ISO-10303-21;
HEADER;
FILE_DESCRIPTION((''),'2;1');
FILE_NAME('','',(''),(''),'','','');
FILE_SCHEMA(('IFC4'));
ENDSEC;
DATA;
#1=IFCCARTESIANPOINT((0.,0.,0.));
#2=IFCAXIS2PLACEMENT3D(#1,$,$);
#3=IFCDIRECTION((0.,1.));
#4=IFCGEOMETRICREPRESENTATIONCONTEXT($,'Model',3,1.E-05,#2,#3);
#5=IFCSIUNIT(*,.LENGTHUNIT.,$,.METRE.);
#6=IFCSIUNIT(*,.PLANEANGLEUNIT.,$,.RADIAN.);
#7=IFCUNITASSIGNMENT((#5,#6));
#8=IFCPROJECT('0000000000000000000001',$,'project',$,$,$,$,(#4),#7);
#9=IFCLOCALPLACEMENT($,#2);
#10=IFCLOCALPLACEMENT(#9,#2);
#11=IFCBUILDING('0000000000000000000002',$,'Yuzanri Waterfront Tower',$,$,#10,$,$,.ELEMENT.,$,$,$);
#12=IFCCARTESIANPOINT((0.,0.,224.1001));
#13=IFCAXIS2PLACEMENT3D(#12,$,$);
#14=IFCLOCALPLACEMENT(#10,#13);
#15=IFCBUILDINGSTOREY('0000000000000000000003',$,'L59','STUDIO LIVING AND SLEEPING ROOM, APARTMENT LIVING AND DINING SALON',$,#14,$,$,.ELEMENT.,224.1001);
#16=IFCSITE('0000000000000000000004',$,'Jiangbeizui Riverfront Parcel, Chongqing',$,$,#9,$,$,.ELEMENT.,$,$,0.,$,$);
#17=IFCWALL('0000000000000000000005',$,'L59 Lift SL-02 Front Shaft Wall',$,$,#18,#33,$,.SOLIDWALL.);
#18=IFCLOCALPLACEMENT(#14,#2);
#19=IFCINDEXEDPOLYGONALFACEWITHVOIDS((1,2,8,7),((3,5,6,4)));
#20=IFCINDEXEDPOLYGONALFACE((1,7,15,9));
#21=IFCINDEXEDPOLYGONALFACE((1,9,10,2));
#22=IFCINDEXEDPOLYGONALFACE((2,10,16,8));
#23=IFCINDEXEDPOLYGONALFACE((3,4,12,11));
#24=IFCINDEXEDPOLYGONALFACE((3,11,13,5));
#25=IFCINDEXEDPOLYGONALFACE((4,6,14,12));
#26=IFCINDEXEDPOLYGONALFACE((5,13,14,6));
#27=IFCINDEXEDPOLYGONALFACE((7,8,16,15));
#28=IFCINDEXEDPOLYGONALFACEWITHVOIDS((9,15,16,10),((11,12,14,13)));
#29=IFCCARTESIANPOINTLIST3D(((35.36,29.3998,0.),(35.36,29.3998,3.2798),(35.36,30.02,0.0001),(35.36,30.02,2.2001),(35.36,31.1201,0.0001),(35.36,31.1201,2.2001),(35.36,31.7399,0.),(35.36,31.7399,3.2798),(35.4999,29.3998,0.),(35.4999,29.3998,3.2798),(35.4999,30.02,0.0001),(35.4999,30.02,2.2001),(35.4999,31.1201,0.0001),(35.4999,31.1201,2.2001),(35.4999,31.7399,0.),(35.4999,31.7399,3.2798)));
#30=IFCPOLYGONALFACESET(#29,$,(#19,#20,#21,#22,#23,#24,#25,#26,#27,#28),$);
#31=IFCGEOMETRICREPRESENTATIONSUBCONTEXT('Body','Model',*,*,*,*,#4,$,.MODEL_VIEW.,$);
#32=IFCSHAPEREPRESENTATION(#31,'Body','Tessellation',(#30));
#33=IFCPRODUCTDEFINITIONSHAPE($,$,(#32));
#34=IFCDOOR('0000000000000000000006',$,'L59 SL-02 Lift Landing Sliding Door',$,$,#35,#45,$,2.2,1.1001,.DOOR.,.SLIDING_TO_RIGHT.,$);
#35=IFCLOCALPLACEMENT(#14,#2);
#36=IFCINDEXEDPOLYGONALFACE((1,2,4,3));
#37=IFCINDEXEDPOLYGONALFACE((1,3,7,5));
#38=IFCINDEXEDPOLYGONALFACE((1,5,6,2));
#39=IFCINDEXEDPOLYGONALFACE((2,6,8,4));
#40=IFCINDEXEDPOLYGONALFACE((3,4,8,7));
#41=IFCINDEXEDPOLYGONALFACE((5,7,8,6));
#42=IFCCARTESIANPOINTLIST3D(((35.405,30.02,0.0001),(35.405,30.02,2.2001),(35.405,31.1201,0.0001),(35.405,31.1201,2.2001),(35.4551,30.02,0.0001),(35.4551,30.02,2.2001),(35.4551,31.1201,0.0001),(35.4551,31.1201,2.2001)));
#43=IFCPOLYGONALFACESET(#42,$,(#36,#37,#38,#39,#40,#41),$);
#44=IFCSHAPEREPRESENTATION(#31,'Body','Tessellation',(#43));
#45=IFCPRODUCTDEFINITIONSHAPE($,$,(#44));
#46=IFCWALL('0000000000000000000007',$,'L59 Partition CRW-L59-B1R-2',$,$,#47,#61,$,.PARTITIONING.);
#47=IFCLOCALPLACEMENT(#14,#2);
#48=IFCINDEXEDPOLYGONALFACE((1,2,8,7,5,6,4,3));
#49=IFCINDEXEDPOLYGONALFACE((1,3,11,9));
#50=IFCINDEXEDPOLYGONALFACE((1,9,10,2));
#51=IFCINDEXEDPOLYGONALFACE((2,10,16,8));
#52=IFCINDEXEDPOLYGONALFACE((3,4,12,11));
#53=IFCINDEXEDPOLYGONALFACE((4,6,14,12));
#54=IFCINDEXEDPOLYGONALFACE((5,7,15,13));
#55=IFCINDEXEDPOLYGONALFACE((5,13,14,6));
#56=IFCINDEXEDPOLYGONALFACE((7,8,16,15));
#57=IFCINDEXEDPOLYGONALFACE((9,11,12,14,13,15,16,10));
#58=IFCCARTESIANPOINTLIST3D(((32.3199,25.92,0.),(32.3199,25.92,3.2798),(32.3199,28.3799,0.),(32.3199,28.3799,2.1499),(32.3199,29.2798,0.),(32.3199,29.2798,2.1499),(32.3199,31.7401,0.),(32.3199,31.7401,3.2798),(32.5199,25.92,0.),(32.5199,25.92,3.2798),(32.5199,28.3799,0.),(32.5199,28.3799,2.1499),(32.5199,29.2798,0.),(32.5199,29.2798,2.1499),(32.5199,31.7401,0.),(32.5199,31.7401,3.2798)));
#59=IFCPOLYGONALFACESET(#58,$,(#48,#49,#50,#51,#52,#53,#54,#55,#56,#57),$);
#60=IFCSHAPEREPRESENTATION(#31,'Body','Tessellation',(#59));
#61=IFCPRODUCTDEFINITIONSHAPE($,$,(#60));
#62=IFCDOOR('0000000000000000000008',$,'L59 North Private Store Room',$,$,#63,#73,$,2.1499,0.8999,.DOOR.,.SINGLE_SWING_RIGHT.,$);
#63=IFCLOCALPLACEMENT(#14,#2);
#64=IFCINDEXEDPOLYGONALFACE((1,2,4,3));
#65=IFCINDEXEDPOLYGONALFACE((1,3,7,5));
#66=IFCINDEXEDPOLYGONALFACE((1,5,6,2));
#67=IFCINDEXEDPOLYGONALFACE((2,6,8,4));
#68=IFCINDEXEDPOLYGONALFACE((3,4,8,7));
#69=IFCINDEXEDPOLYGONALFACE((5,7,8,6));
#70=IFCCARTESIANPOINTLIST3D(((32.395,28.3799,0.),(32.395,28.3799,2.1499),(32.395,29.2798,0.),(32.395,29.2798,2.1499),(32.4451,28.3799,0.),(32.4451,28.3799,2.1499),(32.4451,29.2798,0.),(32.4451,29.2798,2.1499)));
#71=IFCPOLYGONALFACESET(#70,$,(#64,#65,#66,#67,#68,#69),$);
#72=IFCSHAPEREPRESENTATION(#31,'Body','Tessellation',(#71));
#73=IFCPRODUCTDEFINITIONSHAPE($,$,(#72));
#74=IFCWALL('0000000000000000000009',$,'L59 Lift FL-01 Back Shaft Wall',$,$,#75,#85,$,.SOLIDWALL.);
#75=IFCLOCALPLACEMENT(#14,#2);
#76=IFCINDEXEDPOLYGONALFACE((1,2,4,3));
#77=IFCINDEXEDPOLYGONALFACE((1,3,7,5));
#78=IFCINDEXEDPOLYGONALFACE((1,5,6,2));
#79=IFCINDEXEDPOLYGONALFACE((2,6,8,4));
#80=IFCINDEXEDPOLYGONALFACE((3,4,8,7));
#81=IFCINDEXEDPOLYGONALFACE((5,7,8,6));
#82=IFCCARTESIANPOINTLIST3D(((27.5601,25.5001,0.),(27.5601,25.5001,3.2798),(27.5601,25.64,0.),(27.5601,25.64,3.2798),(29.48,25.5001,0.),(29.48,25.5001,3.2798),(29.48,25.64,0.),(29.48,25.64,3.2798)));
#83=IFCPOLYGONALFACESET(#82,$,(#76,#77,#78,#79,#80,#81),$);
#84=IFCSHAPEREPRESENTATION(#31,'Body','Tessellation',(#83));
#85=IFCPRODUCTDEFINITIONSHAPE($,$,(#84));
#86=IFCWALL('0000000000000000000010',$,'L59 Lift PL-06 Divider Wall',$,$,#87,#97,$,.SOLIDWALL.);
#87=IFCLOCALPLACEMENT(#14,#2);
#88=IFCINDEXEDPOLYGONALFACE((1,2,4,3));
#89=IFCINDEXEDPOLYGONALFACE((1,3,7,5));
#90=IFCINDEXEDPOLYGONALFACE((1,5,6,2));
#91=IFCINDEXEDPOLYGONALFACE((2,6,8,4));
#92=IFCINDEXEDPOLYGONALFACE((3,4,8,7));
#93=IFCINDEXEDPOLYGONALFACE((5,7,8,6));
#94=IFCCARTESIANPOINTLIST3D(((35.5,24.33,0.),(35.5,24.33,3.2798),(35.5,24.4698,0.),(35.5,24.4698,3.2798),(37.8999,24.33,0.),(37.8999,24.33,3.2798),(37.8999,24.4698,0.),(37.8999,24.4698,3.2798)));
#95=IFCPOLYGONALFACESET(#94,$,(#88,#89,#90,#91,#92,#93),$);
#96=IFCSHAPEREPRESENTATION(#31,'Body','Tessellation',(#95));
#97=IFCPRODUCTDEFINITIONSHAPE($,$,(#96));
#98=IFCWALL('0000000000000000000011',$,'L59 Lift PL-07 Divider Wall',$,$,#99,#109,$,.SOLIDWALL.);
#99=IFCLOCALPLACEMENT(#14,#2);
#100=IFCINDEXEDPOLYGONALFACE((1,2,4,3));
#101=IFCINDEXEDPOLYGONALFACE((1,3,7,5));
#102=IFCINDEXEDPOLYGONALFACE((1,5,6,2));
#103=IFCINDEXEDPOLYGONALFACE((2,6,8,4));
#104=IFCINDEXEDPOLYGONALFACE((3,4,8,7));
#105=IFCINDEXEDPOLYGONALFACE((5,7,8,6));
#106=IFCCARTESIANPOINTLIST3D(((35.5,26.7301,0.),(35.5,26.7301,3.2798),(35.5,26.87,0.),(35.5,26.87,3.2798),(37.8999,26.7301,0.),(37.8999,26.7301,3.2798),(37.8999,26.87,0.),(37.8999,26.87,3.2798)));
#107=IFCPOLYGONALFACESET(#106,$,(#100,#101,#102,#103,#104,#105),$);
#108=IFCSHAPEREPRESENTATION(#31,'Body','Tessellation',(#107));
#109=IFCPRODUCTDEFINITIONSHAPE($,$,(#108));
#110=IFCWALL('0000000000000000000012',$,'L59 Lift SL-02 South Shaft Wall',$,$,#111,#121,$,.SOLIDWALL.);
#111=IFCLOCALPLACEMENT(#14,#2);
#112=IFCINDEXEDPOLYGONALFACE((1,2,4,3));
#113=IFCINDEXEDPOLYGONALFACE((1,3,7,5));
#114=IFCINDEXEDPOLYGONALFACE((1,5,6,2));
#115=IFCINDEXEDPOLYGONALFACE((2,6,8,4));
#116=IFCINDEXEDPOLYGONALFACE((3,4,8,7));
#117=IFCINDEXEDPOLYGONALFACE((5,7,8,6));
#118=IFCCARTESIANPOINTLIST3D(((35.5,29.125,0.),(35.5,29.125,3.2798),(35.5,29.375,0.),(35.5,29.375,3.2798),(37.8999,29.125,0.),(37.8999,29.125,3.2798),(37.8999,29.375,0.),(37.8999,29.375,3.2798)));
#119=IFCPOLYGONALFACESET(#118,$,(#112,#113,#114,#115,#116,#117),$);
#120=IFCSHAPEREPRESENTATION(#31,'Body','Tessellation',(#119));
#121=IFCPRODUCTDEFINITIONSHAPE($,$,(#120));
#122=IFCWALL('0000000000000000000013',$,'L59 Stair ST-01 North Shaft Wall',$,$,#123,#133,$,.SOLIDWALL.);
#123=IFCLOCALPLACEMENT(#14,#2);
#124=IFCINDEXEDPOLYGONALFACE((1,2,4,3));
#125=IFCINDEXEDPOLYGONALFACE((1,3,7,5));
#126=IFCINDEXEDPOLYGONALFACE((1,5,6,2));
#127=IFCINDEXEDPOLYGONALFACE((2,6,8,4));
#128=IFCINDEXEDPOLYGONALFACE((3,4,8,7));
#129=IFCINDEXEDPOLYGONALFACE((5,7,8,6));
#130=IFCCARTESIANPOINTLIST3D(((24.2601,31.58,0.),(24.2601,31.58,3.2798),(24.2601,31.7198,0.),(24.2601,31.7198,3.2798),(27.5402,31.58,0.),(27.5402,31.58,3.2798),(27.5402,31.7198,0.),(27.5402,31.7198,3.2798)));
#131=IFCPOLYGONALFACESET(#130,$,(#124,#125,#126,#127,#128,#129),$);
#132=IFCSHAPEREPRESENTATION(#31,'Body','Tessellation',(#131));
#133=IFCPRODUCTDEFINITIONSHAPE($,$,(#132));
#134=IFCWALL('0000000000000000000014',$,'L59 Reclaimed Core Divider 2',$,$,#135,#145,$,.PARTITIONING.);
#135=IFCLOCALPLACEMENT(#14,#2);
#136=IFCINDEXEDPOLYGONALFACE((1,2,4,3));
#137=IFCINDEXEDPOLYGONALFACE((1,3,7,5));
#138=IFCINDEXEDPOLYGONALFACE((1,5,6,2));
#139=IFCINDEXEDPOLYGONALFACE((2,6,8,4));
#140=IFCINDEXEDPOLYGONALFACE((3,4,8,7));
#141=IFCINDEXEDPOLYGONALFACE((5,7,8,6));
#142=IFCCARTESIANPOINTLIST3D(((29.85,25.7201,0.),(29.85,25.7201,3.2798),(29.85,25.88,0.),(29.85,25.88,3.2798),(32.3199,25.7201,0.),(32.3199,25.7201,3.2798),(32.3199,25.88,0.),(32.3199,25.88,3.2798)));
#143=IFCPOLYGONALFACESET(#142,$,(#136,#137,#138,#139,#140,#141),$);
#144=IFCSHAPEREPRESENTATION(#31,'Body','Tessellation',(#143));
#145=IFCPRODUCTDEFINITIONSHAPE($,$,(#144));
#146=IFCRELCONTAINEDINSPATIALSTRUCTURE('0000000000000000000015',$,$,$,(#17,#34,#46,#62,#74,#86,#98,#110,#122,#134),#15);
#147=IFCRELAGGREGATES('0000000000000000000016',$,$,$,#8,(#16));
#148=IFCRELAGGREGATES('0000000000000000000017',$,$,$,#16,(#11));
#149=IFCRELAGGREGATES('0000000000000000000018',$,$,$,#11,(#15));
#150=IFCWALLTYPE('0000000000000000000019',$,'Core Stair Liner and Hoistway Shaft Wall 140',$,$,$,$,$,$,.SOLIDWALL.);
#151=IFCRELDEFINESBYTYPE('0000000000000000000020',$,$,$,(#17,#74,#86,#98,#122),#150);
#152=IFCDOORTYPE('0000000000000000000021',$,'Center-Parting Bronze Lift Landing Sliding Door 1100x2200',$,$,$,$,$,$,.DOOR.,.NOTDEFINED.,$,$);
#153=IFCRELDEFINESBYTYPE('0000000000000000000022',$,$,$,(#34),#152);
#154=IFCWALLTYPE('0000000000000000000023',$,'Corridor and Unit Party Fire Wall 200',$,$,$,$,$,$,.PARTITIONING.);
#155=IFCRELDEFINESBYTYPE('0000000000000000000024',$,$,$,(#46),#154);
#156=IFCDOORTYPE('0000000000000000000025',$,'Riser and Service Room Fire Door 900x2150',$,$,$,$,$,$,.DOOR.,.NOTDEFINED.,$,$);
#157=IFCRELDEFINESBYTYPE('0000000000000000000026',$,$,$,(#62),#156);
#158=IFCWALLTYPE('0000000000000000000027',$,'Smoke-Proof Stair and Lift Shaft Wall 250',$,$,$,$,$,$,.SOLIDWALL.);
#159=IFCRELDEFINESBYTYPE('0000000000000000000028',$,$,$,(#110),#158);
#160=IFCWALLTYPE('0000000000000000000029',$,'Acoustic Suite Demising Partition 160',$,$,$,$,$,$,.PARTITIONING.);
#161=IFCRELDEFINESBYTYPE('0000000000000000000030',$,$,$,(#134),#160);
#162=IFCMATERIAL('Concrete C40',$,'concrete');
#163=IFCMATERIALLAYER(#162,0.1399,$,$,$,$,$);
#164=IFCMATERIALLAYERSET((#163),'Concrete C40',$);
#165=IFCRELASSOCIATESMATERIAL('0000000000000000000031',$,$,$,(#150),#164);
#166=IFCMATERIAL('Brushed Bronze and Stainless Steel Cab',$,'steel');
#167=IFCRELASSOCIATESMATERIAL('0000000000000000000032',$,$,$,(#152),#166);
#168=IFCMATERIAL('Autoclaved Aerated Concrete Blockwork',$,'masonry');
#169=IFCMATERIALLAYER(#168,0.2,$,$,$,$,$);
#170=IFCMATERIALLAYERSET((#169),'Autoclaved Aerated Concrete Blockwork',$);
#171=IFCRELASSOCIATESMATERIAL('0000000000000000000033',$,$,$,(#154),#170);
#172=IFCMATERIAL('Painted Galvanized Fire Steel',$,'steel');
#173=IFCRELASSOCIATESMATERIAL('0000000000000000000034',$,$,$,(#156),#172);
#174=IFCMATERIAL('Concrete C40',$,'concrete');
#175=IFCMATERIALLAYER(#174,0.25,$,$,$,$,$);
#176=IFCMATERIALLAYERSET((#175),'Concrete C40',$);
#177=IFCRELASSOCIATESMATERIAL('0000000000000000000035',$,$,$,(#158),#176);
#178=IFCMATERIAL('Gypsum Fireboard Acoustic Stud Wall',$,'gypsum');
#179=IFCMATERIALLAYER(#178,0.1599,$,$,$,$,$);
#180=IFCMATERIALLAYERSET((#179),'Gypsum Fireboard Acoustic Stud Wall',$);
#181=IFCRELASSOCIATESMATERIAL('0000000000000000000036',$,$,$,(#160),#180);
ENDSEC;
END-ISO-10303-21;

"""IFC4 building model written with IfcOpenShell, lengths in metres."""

from ifc_helpers import new_model, si_unit, direction, frame, frame_2d, origin, place, context, subcontext, project, spatial, rectangle, extrude, source, transform, mapped, material, layer, layer_set, type_object, element, fill, save


model = new_model("IFC4")

# Units and contexts
model_context = context("Model", 3, precision=1e-05, world=origin(), true_north=direction((0.0, 1.0)))
body_context = subcontext(model_context, "Body", "Model", "MODEL_VIEW")
ifc_project = project(units=[si_unit("LENGTHUNIT", "METRE"), si_unit("PLANEANGLEUNIT", "RADIAN")], contexts=[model_context])

# Site, building, storey
site_placement = place(None, origin())
site = spatial("IfcSite", under=ifc_project, at=site_placement, Name="Jiangbeizui Riverfront Parcel, Chongqing", CompositionType="ELEMENT", RefElevation=0.0)
building_placement = place(site_placement, origin())
building = spatial("IfcBuilding", under=site, at=building_placement, Name="Yuzanri Waterfront Tower", CompositionType="ELEMENT")
storey_placement = place(building_placement, frame((0.0, 0.0, 224.1001)))
storey = spatial("IfcBuildingStorey", under=building, at=storey_placement, Name="L59", Description="STUDIO LIVING AND SLEEPING ROOM, APARTMENT LIVING AND DINING SALON", CompositionType="ELEMENT", Elevation=224.1001)

# Walls, openings, doors
ifc_material_1 = material(Name="Concrete C40", Category="concrete")
ifc_layer_1 = layer(ifc_material_1, 0.1399)
ifc_layer_set_1 = layer_set([ifc_layer_1], Name="Concrete C40")
wall_type_1 = type_object("IfcWallType", Name="Core Stair Liner and Hoistway Shaft Wall 140", PredefinedType="SOLIDWALL", material=ifc_layer_set_1)
ifc_material_2 = material(Name="Brushed Bronze and Stainless Steel Cab", Category="steel")
door_type_1 = type_object("IfcDoorType", Name="Center-Parting Bronze Lift Landing Sliding Door 1100x2200", OperationType="NOTDEFINED", PredefinedType="DOOR", material=ifc_material_2)
shared_shape_1 = source(origin(), body_context, "Body", "SweptSolid", [
    extrude(rectangle(XDim=1.1001, YDim=2.2, at=frame_2d((0.55, 1.1001))), frame((0.0, 0.0249, 0.0), z_axis=(0.0, -1.0, 0.0), x_axis=(1.0, 0.0, 0.0)), (0.0, 0.0, 1.0), 0.05),
])
wall_1_placement = place(storey_placement, frame((35.4299, 29.3999, 0.0), z_axis=(0.0, 0.0, 1.0), x_axis=(0.0, 1.0, 0.0)))
wall_1 = element("IfcWall", 1, at=wall_1_placement, inside=storey, type_object=wall_type_1, Name="L59 Lift SL-02 Front Shaft Wall", PredefinedType="SOLIDWALL", context=body_context, shape_type="SweptSolid", body=[
    extrude(rectangle(XDim=2.3401, YDim=0.1399, at=frame_2d((1.1699, 0.0))), origin(), (0.0, 0.0, 1.0), 3.2798),
])
opening_1_placement = place(wall_1_placement, frame((0.6201, 0.0, 0.0)))
opening_1 = element("IfcOpeningElement", 2, at=opening_1_placement, cuts=wall_1, PredefinedType="OPENING", context=body_context, shape_type="SweptSolid", body=[
    extrude(rectangle(XDim=1.1001, YDim=2.2, at=frame_2d((0.55, 1.1001))), frame((0.0, 0.085, 0.0), z_axis=(0.0, -1.0, 0.0), x_axis=(1.0, 0.0, 0.0)), (0.0, 0.0, 1.0), 0.1697),
])
door_1_placement = place(opening_1_placement, origin())
door_1 = element("IfcDoor", 3, at=door_1_placement, inside=storey, type_object=door_type_1, Name="L59 SL-02 Lift Landing Sliding Door", OperationType="SLIDING_TO_RIGHT", OverallHeight=2.2, OverallWidth=1.1001, PredefinedType="DOOR", context=body_context, shape_type="MappedRepresentation", body=[
    mapped(shared_shape_1, transform((0.0, 0.0, 0.0), scale=1.0)),
])
fill(opening_1, door_1)
ifc_material_3 = material(Name="Autoclaved Aerated Concrete Blockwork", Category="masonry")
ifc_layer_2 = layer(ifc_material_3, 0.2)
ifc_layer_set_2 = layer_set([ifc_layer_2], Name="Autoclaved Aerated Concrete Blockwork")
wall_type_2 = type_object("IfcWallType", Name="Corridor and Unit Party Fire Wall 200", PredefinedType="PARTITIONING", material=ifc_layer_set_2)
ifc_material_4 = material(Name="Painted Galvanized Fire Steel", Category="steel")
door_type_2 = type_object("IfcDoorType", Name="Riser and Service Room Fire Door 900x2150", OperationType="NOTDEFINED", PredefinedType="DOOR", material=ifc_material_4)
shared_shape_2 = source(origin(), body_context, "Body", "SweptSolid", [
    extrude(rectangle(XDim=0.8999, YDim=2.1499, at=frame_2d((0.45, 1.075))), frame((0.0, 0.0249, 0.0), z_axis=(0.0, -1.0, 0.0), x_axis=(1.0, 0.0, 0.0)), (0.0, 0.0, 1.0), 0.05),
])
wall_2_placement = place(storey_placement, frame((32.4199, 25.9199, 0.0), z_axis=(0.0, 0.0, 1.0), x_axis=(0.0, 1.0, 0.0)))
wall_2 = element("IfcWall", 4, at=wall_2_placement, inside=storey, type_object=wall_type_2, Name="L59 Partition CRW-L59-B1R-2", PredefinedType="PARTITIONING", context=body_context, shape_type="SweptSolid", body=[
    extrude(rectangle(XDim=5.8201, YDim=0.2, at=frame_2d((2.9102, 0.0))), origin(), (0.0, 0.0, 1.0), 3.2798),
])
opening_2_placement = place(wall_2_placement, frame((2.46, 0.0, 0.0)))
opening_2 = element("IfcOpeningElement", 5, at=opening_2_placement, cuts=wall_2, PredefinedType="OPENING", context=body_context, shape_type="SweptSolid", body=[
    extrude(rectangle(XDim=0.8999, YDim=2.1499, at=frame_2d((0.45, 1.075))), frame((0.0, 0.1147, 0.0), z_axis=(0.0, -1.0, 0.0), x_axis=(1.0, 0.0, 0.0)), (0.0, 0.0, 1.0), 0.2297),
])
door_2_placement = place(opening_2_placement, origin())
door_2 = element("IfcDoor", 6, at=door_2_placement, inside=storey, type_object=door_type_2, Name="L59 North Private Store Room", OperationType="SINGLE_SWING_RIGHT", OverallHeight=2.1499, OverallWidth=0.8999, PredefinedType="DOOR", context=body_context, shape_type="MappedRepresentation", body=[
    mapped(shared_shape_2, transform((0.0, 0.0, 0.0), scale=1.0)),
])
fill(opening_2, door_2)

# Walls
shared_shape_3 = source(origin(), body_context, "Body", "SweptSolid", [
    extrude(rectangle(XDim=1.9199, YDim=0.1399, at=frame_2d((0.96, 0.0))), origin(), (0.0, 0.0, 1.0), 3.2798),
])
wall_3_placement = place(storey_placement, frame((27.5601, 25.5701, 0.0), z_axis=(0.0, 0.0, 1.0), x_axis=(1.0, 0.0, 0.0)))
element("IfcWall", 7, at=wall_3_placement, inside=storey, type_object=wall_type_1, Name="L59 Lift FL-01 Back Shaft Wall", PredefinedType="SOLIDWALL", context=body_context, shape_type="MappedRepresentation", body=[
    mapped(shared_shape_3, transform((0.0, 0.0, 0.0), scale=1.0)),
])
shared_shape_4 = source(origin(), body_context, "Body", "SweptSolid", [
    extrude(rectangle(XDim=2.3999, YDim=0.1399, at=frame_2d((1.2, 0.0))), origin(), (0.0, 0.0, 1.0), 3.2798),
])
for number, where, z_axis, x_axis, name in (
    (8, (35.5, 24.3999, 0.0), (0.0, 0.0, 1.0), (1.0, 0.0, 0.0), "L59 Lift PL-06 Divider Wall"),
    (9, (35.5, 26.8, 0.0), (0.0, 0.0, 1.0), (1.0, 0.0, 0.0), "L59 Lift PL-07 Divider Wall"),
):
    element("IfcWall", number, at=place(storey_placement, frame(where, z_axis=z_axis, x_axis=x_axis)), inside=storey, type_object=wall_type_1, Name=name, PredefinedType="SOLIDWALL", context=body_context, shape_type="MappedRepresentation", body=[
        mapped(shared_shape_4, transform((0.0, 0.0, 0.0), scale=1.0)),
    ])
ifc_material_5 = material(Name="Concrete C40", Category="concrete")
ifc_layer_3 = layer(ifc_material_5, 0.25)
ifc_layer_set_3 = layer_set([ifc_layer_3], Name="Concrete C40")
wall_type_3 = type_object("IfcWallType", Name="Smoke-Proof Stair and Lift Shaft Wall 250", PredefinedType="SOLIDWALL", material=ifc_layer_set_3)
shared_shape_5 = source(origin(), body_context, "Body", "SweptSolid", [
    extrude(rectangle(XDim=2.3999, YDim=0.25, at=frame_2d((1.2, 0.0))), origin(), (0.0, 0.0, 1.0), 3.2798),
])
wall_4_placement = place(storey_placement, frame((35.5, 29.25, 0.0), z_axis=(0.0, 0.0, 1.0), x_axis=(1.0, 0.0, 0.0)))
element("IfcWall", 10, at=wall_4_placement, inside=storey, type_object=wall_type_3, Name="L59 Lift SL-02 South Shaft Wall", PredefinedType="SOLIDWALL", context=body_context, shape_type="MappedRepresentation", body=[
    mapped(shared_shape_5, transform((0.0, 0.0, 0.0), scale=1.0)),
])
shared_shape_6 = source(origin(), body_context, "Body", "SweptSolid", [
    extrude(rectangle(XDim=3.28, YDim=0.1399, at=frame_2d((1.6401, 0.0))), origin(), (0.0, 0.0, 1.0), 3.2798),
])
wall_5_placement = place(storey_placement, frame((24.26, 31.6499, 0.0), z_axis=(0.0, 0.0, 1.0), x_axis=(1.0, 0.0, 0.0)))
element("IfcWall", 11, at=wall_5_placement, inside=storey, type_object=wall_type_1, Name="L59 Stair ST-01 North Shaft Wall", PredefinedType="SOLIDWALL", context=body_context, shape_type="MappedRepresentation", body=[
    mapped(shared_shape_6, transform((0.0, 0.0, 0.0), scale=1.0)),
])
ifc_material_6 = material(Name="Gypsum Fireboard Acoustic Stud Wall", Category="gypsum")
ifc_layer_4 = layer(ifc_material_6, 0.1599)
ifc_layer_set_4 = layer_set([ifc_layer_4], Name="Gypsum Fireboard Acoustic Stud Wall")
wall_type_4 = type_object("IfcWallType", Name="Acoustic Suite Demising Partition 160", PredefinedType="PARTITIONING", material=ifc_layer_set_4)
shared_shape_7 = source(origin(), body_context, "Body", "SweptSolid", [
    extrude(rectangle(XDim=2.47, YDim=0.1599, at=frame_2d((1.2349, 0.0))), origin(), (0.0, 0.0, 1.0), 3.2798),
])
wall_6_placement = place(storey_placement, frame((29.8501, 25.8, 0.0), z_axis=(0.0, 0.0, 1.0), x_axis=(1.0, 0.0, 0.0)))
element("IfcWall", 12, at=wall_6_placement, inside=storey, type_object=wall_type_4, Name="L59 Reclaimed Core Divider 2", PredefinedType="PARTITIONING", context=body_context, shape_type="MappedRepresentation", body=[
    mapped(shared_shape_7, transform((0.0, 0.0, 0.0), scale=1.0)),
])

save(model, "model.ifc")
